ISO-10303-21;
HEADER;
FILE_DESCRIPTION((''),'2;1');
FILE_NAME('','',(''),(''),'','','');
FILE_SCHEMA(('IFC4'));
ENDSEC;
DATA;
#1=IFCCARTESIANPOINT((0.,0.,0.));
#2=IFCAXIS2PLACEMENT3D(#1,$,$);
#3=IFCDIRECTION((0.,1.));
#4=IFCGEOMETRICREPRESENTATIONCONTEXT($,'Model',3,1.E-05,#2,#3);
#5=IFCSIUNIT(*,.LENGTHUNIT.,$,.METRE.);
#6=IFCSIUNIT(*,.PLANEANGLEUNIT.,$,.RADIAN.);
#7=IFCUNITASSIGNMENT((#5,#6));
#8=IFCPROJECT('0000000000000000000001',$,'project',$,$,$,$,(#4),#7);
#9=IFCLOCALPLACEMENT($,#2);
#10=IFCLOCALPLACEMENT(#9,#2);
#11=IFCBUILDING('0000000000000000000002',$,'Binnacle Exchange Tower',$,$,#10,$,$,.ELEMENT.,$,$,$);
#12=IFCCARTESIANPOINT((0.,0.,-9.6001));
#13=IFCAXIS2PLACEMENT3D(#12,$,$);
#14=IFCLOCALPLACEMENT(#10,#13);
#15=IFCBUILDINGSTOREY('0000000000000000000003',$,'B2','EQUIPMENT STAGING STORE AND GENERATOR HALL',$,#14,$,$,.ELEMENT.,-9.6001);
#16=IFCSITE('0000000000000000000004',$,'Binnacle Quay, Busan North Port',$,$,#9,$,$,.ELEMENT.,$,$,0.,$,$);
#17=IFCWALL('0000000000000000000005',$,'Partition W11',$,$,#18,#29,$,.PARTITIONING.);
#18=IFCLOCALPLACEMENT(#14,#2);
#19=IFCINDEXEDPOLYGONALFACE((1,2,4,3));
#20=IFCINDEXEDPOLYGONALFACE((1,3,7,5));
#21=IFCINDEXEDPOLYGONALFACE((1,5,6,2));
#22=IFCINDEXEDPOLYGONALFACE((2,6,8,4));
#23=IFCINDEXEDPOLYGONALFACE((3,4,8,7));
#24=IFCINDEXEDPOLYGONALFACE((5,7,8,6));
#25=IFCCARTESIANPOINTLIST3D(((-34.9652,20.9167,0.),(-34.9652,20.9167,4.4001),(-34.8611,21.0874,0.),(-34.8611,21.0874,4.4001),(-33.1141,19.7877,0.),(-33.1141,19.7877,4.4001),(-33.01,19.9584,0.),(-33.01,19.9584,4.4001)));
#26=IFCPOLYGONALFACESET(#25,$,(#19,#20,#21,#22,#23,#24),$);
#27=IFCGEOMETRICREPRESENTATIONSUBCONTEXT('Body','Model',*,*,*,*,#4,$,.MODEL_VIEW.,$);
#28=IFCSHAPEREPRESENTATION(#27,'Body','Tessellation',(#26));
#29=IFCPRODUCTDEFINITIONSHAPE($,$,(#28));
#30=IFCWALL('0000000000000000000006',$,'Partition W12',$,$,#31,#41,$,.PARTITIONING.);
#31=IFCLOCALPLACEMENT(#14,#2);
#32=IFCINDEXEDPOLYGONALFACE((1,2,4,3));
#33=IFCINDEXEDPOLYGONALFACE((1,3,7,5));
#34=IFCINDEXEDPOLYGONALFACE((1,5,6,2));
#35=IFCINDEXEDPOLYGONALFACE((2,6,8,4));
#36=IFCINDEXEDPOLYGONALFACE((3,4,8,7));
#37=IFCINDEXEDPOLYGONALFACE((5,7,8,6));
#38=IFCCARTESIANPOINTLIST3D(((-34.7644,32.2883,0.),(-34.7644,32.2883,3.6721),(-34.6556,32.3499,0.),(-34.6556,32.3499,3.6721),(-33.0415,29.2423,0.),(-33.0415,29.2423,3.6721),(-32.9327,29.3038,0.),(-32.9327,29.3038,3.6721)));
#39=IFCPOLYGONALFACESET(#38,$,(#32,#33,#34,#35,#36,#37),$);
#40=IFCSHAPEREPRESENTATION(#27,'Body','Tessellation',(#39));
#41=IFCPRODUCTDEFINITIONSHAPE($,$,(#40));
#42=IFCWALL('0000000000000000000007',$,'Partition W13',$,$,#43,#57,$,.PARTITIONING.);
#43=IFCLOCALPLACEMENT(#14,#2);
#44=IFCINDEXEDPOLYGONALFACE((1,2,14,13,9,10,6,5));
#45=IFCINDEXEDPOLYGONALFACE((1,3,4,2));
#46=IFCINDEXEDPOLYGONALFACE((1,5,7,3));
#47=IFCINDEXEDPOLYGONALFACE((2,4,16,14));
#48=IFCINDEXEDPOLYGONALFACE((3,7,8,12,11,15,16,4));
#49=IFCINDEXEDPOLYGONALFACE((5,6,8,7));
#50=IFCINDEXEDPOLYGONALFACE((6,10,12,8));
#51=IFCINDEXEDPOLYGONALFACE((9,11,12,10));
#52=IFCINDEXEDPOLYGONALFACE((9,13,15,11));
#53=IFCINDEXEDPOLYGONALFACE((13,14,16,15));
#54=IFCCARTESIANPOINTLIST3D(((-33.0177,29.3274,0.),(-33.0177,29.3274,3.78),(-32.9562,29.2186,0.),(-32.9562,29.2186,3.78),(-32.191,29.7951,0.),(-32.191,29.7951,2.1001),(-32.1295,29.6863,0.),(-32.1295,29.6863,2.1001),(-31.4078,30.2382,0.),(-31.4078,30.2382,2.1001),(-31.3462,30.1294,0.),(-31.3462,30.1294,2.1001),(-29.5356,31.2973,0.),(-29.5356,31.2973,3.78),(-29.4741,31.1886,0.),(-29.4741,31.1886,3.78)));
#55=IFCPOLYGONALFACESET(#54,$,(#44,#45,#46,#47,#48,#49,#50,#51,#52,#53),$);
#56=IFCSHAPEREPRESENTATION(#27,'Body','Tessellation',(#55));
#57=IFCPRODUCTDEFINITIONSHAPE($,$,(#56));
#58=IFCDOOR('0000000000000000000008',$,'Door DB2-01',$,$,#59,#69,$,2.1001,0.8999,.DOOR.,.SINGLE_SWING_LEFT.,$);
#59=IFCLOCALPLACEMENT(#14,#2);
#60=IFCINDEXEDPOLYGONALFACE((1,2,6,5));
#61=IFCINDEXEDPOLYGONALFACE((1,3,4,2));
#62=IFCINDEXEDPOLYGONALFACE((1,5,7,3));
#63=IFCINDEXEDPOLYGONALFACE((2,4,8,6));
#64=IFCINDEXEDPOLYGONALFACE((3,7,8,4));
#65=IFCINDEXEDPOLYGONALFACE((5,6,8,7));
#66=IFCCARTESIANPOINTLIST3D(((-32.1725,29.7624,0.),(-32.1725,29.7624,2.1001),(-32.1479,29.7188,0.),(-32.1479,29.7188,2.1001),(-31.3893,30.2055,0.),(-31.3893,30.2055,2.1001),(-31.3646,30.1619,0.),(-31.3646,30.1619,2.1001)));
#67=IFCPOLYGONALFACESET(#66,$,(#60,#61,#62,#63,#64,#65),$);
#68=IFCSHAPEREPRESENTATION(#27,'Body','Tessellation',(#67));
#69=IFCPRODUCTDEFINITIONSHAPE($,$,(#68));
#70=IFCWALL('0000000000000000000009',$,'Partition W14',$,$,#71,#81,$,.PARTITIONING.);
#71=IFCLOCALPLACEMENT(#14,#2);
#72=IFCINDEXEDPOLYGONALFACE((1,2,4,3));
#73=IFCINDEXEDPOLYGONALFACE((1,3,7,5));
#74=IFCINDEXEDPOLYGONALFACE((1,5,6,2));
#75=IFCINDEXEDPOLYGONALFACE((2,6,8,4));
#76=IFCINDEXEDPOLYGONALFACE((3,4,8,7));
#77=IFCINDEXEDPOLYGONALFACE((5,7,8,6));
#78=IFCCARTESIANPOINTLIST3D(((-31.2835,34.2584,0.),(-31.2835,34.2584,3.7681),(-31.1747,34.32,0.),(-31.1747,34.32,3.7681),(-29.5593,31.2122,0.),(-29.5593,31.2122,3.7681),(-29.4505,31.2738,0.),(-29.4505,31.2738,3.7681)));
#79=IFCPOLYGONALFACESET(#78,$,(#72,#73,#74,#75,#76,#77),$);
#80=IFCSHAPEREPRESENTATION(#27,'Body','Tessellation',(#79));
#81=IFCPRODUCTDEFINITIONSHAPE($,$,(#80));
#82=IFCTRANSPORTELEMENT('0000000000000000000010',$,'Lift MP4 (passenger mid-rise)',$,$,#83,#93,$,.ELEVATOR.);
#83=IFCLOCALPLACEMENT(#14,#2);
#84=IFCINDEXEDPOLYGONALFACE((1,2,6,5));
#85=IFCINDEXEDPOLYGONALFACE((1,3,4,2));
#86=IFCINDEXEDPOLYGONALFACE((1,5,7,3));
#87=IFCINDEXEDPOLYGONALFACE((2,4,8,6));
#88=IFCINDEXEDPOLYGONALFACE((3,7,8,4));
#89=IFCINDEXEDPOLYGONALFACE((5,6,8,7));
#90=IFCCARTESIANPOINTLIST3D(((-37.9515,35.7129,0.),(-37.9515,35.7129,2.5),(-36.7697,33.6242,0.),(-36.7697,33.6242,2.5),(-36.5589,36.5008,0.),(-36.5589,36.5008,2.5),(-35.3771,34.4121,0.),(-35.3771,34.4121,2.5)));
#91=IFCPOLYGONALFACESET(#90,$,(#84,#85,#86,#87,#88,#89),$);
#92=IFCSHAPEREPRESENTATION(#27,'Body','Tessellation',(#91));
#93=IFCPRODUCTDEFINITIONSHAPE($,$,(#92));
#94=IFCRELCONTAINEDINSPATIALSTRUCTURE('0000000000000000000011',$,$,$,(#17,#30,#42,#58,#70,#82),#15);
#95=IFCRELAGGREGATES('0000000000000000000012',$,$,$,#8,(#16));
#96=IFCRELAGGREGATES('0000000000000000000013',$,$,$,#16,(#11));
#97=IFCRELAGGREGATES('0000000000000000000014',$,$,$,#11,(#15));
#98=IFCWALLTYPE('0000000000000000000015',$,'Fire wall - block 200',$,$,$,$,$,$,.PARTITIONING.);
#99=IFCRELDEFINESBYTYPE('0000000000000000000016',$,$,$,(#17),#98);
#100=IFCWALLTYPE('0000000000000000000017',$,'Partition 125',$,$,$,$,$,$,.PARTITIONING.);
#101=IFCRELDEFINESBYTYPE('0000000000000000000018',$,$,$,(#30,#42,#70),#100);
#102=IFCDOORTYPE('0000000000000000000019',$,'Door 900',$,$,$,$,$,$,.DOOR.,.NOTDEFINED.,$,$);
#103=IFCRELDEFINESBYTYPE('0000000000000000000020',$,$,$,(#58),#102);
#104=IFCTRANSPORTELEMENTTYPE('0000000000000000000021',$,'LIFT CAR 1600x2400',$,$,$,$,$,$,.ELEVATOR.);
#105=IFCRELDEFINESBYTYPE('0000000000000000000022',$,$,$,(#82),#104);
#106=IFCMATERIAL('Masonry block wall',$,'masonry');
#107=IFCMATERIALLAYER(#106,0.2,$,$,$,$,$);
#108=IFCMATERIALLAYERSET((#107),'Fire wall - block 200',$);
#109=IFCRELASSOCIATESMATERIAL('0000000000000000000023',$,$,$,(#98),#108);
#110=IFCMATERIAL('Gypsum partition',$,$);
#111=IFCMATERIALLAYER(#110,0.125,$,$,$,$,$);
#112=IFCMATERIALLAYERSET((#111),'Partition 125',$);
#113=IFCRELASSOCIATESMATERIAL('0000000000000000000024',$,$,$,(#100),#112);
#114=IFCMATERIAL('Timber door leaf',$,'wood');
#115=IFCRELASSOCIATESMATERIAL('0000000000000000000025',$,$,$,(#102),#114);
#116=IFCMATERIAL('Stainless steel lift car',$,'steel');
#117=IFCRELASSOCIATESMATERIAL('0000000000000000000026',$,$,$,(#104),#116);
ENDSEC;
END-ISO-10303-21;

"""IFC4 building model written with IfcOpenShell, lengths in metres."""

from ifc_helpers import new_model, si_unit, direction, frame, frame_2d, origin, origin_2d, place, context, subcontext, project, spatial, rectangle, extrude, material, layer, layer_set, type_object, element, fill, save


model = new_model("IFC4")

# Units and contexts
model_context = context("Model", 3, precision=1e-05, world=origin(), true_north=direction((0.0, 1.0)))
body_context = subcontext(model_context, "Body", "Model", "MODEL_VIEW")
ifc_project = project(units=[si_unit("LENGTHUNIT", "METRE"), si_unit("PLANEANGLEUNIT", "RADIAN")], contexts=[model_context])

# Site, building, storey
site_placement = place(None, origin())
site = spatial("IfcSite", under=ifc_project, at=site_placement, Name="Binnacle Quay, Busan North Port", CompositionType="ELEMENT", RefElevation=0.0)
building_placement = place(site_placement, origin())
building = spatial("IfcBuilding", under=site, at=building_placement, Name="Binnacle Exchange Tower", CompositionType="ELEMENT")
storey_placement = place(building_placement, frame((0.0, 0.0, -9.6001)))
storey = spatial("IfcBuildingStorey", under=building, at=storey_placement, Name="B2", Description="EQUIPMENT STAGING STORE AND GENERATOR HALL", CompositionType="ELEMENT", Elevation=-9.6001)

# Walls
ifc_material_1 = material(Name="Masonry block wall", Category="masonry")
ifc_layer_1 = layer(ifc_material_1, 0.2)
ifc_layer_set_1 = layer_set([ifc_layer_1], Name="Fire wall - block 200")
wall_type_1 = type_object("IfcWallType", Name="Fire wall - block 200", PredefinedType="PARTITIONING", material=ifc_layer_set_1)
wall_1_placement = place(storey_placement, frame((-34.9131, 21.002, 0.0), z_axis=(0.0, 0.0, 1.0), x_axis=(0.853755, -0.520675, 0.0)))
element("IfcWall", 1, at=wall_1_placement, inside=storey, type_object=wall_type_1, Name="Partition W11", PredefinedType="PARTITIONING", context=body_context, shape_type="SweptSolid", body=[
    extrude(rectangle(XDim=2.1682, YDim=0.2, at=frame_2d((1.084, 0.0))), origin(), (0.0, 0.0, 1.0), 4.4001),
])
ifc_material_2 = material(Name="Gypsum partition")
ifc_layer_2 = layer(ifc_material_2, 0.125)
ifc_layer_set_2 = layer_set([ifc_layer_2], Name="Partition 125")
wall_type_2 = type_object("IfcWallType", Name="Partition 125", PredefinedType="PARTITIONING", material=ifc_layer_set_2)
wall_2_placement = place(storey_placement, frame((-34.71, 32.3191, 0.0), z_axis=(0.0, 0.0, 1.0), x_axis=(0.49231, -0.87042, 0.0)))
element("IfcWall", 2, at=wall_2_placement, inside=storey, type_object=wall_type_2, Name="Partition W12", PredefinedType="PARTITIONING", context=body_context, shape_type="SweptSolid", body=[
    extrude(rectangle(XDim=3.4995, YDim=0.125, at=frame_2d((1.7498, 0.0))), origin(), (0.0, 0.0, 1.0), 3.6721),
])

# Wall, opening, door
wall_3_placement = place(storey_placement, frame((-32.9871, 29.2729, 0.0), z_axis=(0.0, 0.0, 1.0), x_axis=(0.870372, 0.492395, 0.0)))
wall_3 = element("IfcWall", 3, at=wall_3_placement, inside=storey, type_object=wall_type_2, Name="Partition W13", PredefinedType="PARTITIONING", context=body_context, shape_type="SweptSolid", body=[
    extrude(rectangle(XDim=4.0007, YDim=0.125, at=frame_2d((2.0005, 0.0))), origin(), (0.0, 0.0, 1.0), 3.78),
])
opening_placement = place(wall_3_placement, frame((0.95, 0.0, 0.0)))
opening = element("IfcOpeningElement", 4, at=opening_placement, cuts=wall_3, PredefinedType="OPENING", context=body_context, shape_type="SweptSolid", body=[
    extrude(rectangle(XDim=0.8999, YDim=2.1001, at=frame_2d((0.45, 1.05))), frame((0.0, 0.0725, 0.0), z_axis=(0.0, -1.0, 0.0), x_axis=(1.0, 0.0, 0.0)), (0.0, 0.0, 1.0), 0.145),
])
ifc_material_3 = material(Name="Timber door leaf", Category="wood")
door_type = type_object("IfcDoorType", Name="Door 900", OperationType="NOTDEFINED", PredefinedType="DOOR", material=ifc_material_3)
door_placement = place(opening_placement, origin())
door = element("IfcDoor", 5, at=door_placement, inside=storey, type_object=door_type, Name="Door DB2-01", OperationType="SINGLE_SWING_LEFT", OverallHeight=2.1001, OverallWidth=0.8999, PredefinedType="DOOR", context=body_context, shape_type="SweptSolid", body=[
    extrude(rectangle(XDim=0.8999, YDim=2.1001, at=frame_2d((0.45, 1.05))), frame((0.0, 0.0249, 0.0), z_axis=(0.0, -1.0, 0.0), x_axis=(1.0, 0.0, 0.0)), (0.0, 0.0, 1.0), 0.05),
])
fill(opening, door)

# Wall
wall_4_placement = place(storey_placement, frame((-31.229, 34.2891, 0.0), z_axis=(0.0, 0.0, 1.0), x_axis=(0.492574, -0.87027, 0.0)))
element("IfcWall", 6, at=wall_4_placement, inside=storey, type_object=wall_type_2, Name="Partition W14", PredefinedType="PARTITIONING", context=body_context, shape_type="SweptSolid", body=[
    extrude(rectangle(XDim=3.5002, YDim=0.125, at=frame_2d((1.75, 0.0))), origin(), (0.0, 0.0, 1.0), 3.7681),
])

# Transport element
ifc_material_4 = material(Name="Stainless steel lift car", Category="steel")
transport_element_type = type_object("IfcTransportElementType", Name="LIFT CAR 1600x2400", PredefinedType="ELEVATOR", material=ifc_material_4)
transport_element_placement = place(storey_placement, frame((-36.6643, 35.0625, 0.0), z_axis=(0.0, 0.0, 1.0), x_axis=(0.870356, 0.492424, 0.0)))
element("IfcTransportElement", 7, at=transport_element_placement, inside=storey, type_object=transport_element_type, Name="Lift MP4 (passenger mid-rise)", PredefinedType="ELEVATOR", context=body_context, shape_type="SweptSolid", body=[
    extrude(rectangle(XDim=1.6001, YDim=2.3999, at=origin_2d()), origin(), (0.0, 0.0, 1.0), 2.5),
])

save(model, "model.ifc")
